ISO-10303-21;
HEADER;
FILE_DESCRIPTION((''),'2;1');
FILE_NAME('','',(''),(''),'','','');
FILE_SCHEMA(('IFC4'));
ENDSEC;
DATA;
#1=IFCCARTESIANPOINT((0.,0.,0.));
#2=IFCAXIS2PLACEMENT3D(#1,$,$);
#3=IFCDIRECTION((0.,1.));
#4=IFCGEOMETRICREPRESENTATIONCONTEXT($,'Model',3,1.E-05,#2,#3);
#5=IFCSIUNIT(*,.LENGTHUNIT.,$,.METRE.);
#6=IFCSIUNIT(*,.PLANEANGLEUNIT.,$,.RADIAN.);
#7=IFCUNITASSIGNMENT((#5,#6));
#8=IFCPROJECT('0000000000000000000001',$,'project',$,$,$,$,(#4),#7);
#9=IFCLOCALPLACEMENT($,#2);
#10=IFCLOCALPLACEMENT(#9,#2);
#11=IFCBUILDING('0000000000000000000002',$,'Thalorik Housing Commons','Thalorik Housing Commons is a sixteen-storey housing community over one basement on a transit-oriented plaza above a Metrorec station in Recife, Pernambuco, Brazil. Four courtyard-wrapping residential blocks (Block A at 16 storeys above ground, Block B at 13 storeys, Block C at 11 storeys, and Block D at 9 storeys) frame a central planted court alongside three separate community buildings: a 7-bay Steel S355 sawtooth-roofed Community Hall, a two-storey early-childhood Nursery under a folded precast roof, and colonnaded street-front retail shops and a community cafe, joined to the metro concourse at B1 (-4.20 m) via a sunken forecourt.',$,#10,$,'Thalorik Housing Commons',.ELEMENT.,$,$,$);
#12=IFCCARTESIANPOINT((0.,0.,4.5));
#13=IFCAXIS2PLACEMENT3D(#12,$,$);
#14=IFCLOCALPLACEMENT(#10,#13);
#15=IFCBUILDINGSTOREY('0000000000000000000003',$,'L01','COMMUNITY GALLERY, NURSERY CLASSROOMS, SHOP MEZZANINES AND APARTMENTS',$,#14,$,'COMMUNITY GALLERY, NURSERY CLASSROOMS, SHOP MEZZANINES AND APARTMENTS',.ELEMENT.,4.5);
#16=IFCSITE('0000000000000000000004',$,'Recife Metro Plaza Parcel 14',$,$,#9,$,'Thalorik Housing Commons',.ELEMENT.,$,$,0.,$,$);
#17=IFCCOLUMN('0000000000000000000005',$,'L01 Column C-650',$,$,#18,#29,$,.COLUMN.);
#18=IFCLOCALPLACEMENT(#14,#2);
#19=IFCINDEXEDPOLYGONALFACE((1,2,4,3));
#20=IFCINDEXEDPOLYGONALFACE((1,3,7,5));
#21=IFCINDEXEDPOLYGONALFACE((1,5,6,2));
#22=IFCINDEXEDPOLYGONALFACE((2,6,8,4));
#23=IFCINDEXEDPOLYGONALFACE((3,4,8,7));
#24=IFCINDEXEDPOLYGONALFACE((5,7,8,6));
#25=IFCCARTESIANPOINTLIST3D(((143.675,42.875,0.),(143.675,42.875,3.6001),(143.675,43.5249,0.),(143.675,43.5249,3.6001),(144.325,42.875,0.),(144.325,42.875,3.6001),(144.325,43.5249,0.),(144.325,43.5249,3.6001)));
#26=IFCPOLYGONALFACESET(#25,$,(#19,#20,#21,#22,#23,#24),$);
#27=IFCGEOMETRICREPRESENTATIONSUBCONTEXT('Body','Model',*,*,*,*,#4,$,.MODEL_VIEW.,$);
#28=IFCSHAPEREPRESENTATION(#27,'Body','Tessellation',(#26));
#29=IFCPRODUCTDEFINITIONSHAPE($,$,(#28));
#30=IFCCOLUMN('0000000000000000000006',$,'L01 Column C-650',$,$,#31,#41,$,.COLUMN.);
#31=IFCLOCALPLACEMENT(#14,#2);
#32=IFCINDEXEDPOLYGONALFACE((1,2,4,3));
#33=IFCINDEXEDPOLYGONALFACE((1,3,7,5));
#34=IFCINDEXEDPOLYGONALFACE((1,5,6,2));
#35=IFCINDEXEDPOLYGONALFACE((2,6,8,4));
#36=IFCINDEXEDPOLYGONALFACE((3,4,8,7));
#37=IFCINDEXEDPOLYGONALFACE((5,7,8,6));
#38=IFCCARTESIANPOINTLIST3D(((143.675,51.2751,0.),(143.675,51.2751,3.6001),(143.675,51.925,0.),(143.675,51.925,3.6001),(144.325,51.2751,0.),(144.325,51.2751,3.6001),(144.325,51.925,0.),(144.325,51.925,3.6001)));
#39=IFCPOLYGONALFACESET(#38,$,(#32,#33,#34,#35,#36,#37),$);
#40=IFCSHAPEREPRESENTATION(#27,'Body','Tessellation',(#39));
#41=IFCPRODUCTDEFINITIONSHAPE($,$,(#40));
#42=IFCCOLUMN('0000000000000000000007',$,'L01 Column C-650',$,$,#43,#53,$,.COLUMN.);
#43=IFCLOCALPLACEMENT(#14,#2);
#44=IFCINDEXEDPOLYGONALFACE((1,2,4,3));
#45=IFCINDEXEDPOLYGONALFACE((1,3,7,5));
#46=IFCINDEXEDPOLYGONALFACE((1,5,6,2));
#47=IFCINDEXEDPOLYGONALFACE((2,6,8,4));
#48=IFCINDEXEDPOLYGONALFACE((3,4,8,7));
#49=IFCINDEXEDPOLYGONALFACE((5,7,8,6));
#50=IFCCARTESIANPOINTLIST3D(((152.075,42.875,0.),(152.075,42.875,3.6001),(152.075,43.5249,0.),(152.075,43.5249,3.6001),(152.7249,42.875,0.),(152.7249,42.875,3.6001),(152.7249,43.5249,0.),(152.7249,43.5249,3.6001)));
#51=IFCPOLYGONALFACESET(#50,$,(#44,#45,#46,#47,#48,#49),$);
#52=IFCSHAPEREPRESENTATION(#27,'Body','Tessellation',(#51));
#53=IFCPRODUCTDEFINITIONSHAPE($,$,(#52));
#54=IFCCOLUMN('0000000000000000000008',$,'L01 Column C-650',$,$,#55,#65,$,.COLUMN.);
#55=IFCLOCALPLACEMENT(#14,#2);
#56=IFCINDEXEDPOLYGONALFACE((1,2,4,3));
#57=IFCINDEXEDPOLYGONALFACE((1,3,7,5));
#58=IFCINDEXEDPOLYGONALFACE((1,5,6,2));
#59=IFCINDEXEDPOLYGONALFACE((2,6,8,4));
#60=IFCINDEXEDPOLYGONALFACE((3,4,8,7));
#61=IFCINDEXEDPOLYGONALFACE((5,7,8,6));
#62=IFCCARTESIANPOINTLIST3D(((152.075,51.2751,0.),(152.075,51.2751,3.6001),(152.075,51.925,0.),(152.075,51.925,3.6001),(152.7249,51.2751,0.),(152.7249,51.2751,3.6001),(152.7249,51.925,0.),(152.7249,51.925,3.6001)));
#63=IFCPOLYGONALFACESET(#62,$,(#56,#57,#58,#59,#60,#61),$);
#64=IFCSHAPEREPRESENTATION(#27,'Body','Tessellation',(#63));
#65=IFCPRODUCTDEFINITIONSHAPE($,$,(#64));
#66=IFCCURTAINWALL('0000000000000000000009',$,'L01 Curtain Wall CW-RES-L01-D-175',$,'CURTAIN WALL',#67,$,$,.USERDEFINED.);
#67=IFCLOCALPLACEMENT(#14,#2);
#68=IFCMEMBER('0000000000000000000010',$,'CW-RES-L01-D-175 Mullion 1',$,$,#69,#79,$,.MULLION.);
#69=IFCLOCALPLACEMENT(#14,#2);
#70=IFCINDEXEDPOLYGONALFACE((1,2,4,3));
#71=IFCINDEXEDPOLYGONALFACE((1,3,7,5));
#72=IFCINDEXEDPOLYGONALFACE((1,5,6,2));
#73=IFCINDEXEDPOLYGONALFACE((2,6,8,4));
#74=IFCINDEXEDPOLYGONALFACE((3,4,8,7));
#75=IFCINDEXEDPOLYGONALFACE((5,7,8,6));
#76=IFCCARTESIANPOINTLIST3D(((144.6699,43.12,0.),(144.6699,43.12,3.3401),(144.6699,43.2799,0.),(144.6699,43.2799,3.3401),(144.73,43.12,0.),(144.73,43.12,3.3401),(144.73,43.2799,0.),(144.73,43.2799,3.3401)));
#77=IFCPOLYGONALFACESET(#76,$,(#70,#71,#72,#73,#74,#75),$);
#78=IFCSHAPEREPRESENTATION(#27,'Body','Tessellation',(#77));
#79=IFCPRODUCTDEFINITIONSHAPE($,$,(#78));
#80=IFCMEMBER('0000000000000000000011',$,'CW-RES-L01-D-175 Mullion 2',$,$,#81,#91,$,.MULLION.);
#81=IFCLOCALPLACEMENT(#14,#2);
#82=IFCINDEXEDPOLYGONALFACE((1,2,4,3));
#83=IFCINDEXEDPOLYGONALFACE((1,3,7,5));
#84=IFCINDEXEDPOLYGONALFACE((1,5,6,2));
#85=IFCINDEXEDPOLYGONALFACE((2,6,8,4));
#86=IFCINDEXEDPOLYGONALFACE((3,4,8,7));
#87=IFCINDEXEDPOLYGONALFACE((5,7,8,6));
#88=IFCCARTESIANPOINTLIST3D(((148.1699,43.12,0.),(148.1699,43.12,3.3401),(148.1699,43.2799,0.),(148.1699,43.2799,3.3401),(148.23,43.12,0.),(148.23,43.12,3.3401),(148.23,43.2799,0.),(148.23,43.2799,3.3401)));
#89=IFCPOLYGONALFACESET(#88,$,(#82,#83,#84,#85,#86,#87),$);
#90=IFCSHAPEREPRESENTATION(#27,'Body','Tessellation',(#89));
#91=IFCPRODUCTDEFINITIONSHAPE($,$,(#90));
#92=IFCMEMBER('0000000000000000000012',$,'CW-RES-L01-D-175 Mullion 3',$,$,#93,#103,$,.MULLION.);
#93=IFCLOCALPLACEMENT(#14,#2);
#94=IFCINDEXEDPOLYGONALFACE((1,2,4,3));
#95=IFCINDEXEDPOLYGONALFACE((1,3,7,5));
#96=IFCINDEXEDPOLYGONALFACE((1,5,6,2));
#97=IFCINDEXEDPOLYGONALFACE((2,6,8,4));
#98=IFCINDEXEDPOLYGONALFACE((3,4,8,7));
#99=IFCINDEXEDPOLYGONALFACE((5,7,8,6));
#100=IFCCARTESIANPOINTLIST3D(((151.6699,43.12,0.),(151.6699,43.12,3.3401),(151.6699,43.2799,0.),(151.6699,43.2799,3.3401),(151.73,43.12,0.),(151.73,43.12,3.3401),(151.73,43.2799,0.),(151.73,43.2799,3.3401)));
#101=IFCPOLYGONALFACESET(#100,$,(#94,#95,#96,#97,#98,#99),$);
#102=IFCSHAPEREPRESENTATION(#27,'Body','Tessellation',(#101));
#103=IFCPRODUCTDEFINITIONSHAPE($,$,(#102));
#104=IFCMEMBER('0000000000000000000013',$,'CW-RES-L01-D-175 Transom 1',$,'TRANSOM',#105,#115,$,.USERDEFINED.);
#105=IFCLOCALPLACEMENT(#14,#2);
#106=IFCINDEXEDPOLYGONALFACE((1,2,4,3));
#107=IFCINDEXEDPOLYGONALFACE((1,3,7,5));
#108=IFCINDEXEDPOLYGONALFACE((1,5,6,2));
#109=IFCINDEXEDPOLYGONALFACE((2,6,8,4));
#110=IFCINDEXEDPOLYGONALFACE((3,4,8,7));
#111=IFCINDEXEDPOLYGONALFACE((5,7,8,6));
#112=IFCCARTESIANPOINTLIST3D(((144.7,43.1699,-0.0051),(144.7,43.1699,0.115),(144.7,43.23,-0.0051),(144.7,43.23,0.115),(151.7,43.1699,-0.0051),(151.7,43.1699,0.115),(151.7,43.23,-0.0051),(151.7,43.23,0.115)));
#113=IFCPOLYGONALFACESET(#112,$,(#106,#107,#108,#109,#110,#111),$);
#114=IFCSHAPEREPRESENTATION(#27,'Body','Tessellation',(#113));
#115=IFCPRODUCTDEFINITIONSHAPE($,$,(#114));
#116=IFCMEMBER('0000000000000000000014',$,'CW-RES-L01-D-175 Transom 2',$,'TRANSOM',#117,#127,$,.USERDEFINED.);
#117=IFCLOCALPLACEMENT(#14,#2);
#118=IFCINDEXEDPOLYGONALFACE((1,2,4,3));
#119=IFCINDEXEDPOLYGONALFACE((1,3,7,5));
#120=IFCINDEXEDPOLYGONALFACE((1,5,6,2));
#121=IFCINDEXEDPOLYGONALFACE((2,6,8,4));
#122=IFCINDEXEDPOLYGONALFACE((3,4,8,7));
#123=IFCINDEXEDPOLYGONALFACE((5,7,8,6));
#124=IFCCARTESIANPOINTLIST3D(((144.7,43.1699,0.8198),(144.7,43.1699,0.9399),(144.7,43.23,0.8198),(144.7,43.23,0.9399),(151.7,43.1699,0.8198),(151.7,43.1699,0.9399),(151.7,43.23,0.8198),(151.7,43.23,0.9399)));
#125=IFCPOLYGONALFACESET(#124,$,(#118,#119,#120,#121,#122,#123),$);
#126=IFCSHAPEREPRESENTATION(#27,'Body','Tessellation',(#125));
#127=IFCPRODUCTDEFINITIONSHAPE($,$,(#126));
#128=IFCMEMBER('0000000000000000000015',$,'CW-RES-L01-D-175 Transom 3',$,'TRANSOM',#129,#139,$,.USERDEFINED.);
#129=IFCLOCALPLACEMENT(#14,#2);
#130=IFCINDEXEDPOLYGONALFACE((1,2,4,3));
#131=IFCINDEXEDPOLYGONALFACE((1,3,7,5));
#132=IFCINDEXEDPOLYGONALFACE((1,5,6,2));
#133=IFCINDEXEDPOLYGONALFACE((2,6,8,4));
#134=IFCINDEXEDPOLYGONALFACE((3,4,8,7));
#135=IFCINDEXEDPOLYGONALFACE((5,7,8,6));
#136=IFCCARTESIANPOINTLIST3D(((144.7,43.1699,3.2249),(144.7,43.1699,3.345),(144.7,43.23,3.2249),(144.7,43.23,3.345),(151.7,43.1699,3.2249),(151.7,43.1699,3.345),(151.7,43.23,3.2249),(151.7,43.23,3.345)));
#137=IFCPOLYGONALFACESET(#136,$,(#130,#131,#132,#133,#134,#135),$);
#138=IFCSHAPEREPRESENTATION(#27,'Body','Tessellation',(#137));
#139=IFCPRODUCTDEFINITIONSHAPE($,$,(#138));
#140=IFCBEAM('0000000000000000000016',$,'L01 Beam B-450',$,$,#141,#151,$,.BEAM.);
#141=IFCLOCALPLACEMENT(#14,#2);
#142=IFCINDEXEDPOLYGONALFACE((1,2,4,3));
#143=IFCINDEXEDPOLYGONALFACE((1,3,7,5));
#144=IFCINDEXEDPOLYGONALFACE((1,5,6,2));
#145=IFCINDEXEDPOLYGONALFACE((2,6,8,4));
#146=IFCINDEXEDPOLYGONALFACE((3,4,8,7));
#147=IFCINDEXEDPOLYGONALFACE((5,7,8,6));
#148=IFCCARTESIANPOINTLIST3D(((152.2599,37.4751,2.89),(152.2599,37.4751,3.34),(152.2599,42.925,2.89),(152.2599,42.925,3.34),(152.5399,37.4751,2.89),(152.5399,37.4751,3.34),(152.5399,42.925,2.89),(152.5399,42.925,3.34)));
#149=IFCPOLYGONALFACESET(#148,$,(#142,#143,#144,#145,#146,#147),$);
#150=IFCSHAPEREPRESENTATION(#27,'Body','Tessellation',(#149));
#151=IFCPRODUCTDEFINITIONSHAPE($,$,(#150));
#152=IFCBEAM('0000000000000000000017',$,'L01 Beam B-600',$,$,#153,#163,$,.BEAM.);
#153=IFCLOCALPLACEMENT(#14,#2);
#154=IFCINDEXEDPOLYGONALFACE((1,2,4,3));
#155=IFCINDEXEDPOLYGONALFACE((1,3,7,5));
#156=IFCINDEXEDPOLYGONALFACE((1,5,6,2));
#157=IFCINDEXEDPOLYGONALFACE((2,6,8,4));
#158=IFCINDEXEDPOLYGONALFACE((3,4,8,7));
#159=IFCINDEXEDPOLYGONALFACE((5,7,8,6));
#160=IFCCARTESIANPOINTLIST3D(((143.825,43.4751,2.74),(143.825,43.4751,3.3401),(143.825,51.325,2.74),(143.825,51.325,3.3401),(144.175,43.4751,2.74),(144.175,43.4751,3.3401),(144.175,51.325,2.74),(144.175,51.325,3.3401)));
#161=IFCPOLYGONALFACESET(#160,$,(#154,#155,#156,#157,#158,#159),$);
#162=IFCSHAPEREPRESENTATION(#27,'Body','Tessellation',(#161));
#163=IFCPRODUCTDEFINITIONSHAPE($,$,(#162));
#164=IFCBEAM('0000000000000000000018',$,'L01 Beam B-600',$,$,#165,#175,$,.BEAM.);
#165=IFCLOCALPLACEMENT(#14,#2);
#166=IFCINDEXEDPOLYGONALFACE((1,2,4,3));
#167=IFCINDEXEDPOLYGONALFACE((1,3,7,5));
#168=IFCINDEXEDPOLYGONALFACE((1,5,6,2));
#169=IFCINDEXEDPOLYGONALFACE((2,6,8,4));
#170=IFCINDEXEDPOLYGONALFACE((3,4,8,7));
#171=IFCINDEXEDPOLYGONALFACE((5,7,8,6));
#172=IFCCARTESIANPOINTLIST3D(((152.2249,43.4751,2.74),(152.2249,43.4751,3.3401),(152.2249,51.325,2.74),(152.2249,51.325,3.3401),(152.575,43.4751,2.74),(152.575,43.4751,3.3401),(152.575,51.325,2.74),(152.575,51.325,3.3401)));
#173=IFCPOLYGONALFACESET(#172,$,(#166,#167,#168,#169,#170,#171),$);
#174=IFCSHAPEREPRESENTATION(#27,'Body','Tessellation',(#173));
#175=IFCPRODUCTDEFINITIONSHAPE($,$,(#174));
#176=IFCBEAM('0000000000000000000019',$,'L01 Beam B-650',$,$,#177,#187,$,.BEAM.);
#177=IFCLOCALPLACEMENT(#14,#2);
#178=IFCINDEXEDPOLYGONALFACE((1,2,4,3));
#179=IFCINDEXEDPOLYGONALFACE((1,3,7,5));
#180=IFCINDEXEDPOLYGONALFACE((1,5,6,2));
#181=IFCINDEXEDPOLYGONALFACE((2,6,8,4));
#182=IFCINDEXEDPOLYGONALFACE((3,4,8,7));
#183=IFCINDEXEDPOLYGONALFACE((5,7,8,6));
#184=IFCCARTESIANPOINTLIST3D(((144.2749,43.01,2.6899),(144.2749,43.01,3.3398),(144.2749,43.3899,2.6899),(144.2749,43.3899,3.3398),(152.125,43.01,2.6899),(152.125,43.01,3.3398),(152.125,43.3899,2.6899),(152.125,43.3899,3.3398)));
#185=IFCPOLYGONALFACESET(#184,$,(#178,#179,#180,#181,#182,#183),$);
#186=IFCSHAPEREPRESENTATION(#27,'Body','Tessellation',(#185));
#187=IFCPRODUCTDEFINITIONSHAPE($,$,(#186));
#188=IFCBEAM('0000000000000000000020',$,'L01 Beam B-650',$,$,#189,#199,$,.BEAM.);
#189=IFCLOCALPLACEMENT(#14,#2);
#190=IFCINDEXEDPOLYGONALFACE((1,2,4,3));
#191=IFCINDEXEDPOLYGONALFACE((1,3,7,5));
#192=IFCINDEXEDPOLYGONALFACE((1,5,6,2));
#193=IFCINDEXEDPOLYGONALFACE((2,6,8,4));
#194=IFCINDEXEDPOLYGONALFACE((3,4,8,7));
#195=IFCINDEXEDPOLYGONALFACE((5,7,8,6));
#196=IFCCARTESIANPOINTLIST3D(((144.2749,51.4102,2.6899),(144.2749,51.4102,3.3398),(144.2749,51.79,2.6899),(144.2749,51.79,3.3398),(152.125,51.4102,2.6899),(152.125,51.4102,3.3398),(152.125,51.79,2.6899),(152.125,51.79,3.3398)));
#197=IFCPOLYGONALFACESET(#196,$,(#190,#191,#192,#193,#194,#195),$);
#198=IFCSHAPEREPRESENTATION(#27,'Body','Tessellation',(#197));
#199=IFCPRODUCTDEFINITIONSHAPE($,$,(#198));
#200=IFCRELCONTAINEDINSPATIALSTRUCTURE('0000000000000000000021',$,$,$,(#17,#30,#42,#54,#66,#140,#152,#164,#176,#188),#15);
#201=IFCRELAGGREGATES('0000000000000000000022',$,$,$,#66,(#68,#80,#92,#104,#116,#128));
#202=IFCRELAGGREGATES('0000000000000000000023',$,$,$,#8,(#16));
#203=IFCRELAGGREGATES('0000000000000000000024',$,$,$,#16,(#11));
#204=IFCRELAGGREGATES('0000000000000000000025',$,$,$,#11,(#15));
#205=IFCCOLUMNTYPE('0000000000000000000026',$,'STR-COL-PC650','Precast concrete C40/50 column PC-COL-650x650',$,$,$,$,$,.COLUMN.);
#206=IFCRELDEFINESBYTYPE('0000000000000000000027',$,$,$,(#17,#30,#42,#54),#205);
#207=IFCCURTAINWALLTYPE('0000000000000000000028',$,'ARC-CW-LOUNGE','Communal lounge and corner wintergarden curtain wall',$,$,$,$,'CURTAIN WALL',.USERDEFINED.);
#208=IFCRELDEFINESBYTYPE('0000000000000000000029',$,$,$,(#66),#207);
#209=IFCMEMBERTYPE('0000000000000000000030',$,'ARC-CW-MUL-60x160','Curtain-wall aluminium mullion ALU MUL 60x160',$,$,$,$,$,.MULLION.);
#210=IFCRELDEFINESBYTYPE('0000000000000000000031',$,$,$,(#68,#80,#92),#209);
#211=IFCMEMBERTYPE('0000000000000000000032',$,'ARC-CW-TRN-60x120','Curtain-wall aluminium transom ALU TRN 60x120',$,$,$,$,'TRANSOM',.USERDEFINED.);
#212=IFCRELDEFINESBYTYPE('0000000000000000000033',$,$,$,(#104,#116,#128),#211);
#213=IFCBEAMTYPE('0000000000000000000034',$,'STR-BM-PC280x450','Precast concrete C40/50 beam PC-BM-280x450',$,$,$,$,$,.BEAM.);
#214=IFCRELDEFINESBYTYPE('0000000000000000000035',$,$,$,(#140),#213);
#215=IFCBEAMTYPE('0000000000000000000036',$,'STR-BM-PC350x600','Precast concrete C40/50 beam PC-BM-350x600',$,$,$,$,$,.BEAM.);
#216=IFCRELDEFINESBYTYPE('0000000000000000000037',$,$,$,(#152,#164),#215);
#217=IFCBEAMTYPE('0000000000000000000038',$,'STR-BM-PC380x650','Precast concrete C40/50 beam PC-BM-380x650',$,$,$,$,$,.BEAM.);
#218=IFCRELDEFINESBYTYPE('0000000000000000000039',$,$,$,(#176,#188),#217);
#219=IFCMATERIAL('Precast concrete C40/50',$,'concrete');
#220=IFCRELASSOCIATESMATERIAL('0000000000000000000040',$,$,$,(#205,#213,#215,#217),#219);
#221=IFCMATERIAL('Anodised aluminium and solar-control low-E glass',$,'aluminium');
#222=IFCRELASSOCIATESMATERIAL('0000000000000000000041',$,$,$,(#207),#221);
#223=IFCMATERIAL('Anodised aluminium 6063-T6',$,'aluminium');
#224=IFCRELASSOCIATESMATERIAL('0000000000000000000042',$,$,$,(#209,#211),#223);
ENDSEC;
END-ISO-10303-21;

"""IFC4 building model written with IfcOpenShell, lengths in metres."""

from ifc_helpers import new_model, si_unit, direction, frame, origin, origin_2d, place, context, subcontext, project, spatial, rectangle, extrude, material, material_profile, profile_set, type_object, element, aggregate, save


model = new_model("IFC4")

# Units and contexts
model_context = context("Model", 3, precision=1e-05, world=origin(), true_north=direction((0.0, 1.0)))
body_context = subcontext(model_context, "Body", "Model", "MODEL_VIEW")
ifc_project = project(units=[si_unit("LENGTHUNIT", "METRE"), si_unit("PLANEANGLEUNIT", "RADIAN")], contexts=[model_context])

# Site, building, storey
site_placement = place(None, origin())
site = spatial("IfcSite", under=ifc_project, at=site_placement, Name="Recife Metro Plaza Parcel 14", LongName="Thalorik Housing Commons", CompositionType="ELEMENT", RefElevation=0.0)
building_placement = place(site_placement, origin())
building = spatial("IfcBuilding", under=site, at=building_placement, Name="Thalorik Housing Commons", Description="Thalorik Housing Commons is a sixteen-storey housing community over one basement on a transit-oriented plaza above a Metrorec station in Recife, Pernambuco, Brazil. Four courtyard-wrapping residential blocks (Block A at 16 storeys above ground, Block B at 13 storeys, Block C at 11 storeys, and Block D at 9 storeys) frame a central planted court alongside three separate community buildings: a 7-bay Steel S355 sawtooth-roofed Community Hall, a two-storey early-childhood Nursery under a folded precast roof, and colonnaded street-front retail shops and a community cafe, joined to the metro concourse at B1 (-4.20 m) via a sunken forecourt.", LongName="Thalorik Housing Commons", CompositionType="ELEMENT")
storey_placement = place(building_placement, frame((0.0, 0.0, 4.5)))
storey = spatial("IfcBuildingStorey", under=building, at=storey_placement, Name="L01", Description="COMMUNITY GALLERY, NURSERY CLASSROOMS, SHOP MEZZANINES AND APARTMENTS", LongName="COMMUNITY GALLERY, NURSERY CLASSROOMS, SHOP MEZZANINES AND APARTMENTS", CompositionType="ELEMENT", Elevation=4.5)

# Columns
ifc_material_1 = material(Name="Precast concrete C40/50", Category="concrete")
ifc_material_profile_1 = material_profile(ifc_material_1, rectangle(XDim=0.6499, YDim=0.6499, at=origin_2d()), Name="PC 650x650", Category="concrete")
ifc_profile_set_1 = profile_set([ifc_material_profile_1], Name="Precast concrete C40/50")
column_type = type_object("IfcColumnType", Name="STR-COL-PC650", Description="Precast concrete C40/50 column PC-COL-650x650", PredefinedType="COLUMN", material=ifc_profile_set_1)
for number, where, z_axis, x_axis, name in (
    (1, (144.0, 43.2, 0.0), (0.0, 0.0, 1.0), (1.0, 0.0, 0.0), "L01 Column C-650"),
    (2, (144.0, 51.6001, 0.0), (0.0, 0.0, 1.0), (1.0, 0.0, 0.0), "L01 Column C-650"),
    (3, (152.3999, 43.2, 0.0), (0.0, 0.0, 1.0), (1.0, 0.0, 0.0), "L01 Column C-650"),
    (4, (152.3999, 51.6001, 0.0), (0.0, 0.0, 1.0), (1.0, 0.0, 0.0), "L01 Column C-650"),
):
    element("IfcColumn", number, at=place(storey_placement, frame(where, z_axis=z_axis, x_axis=x_axis)), inside=storey, type_object=column_type, Name=name, PredefinedType="COLUMN", context=body_context, shape_type="SweptSolid", body=[
        extrude(rectangle(XDim=0.6499, YDim=0.6499, at=origin_2d()), origin(), (0.0, 0.0, 1.0), 3.6001),
    ])

# Curtain wall, members
ifc_material_2 = material(Name="Anodised aluminium and solar-control low-E glass", Category="aluminium")
curtain_wall_type = type_object("IfcCurtainWallType", Name="ARC-CW-LOUNGE", Description="Communal lounge and corner wintergarden curtain wall", ElementType="CURTAIN WALL", PredefinedType="USERDEFINED", material=ifc_material_2)
curtain_wall_placement = place(storey_placement, origin())
curtain_wall = element("IfcCurtainWall", 5, at=curtain_wall_placement, inside=storey, type_object=curtain_wall_type, Name="L01 Curtain Wall CW-RES-L01-D-175", ObjectType="CURTAIN WALL", PredefinedType="USERDEFINED")
ifc_material_3 = material(Name="Anodised aluminium 6063-T6", Category="aluminium")
ifc_material_profile_2 = material_profile(ifc_material_3, rectangle(XDim=0.0601, YDim=0.1599, at=origin_2d()), Name="ALU MUL 60x160", Category="aluminium")
ifc_profile_set_2 = profile_set([ifc_material_profile_2], Name="Anodised aluminium 6063-T6")
member_type_1 = type_object("IfcMemberType", Name="ARC-CW-MUL-60x160", Description="Curtain-wall aluminium mullion ALU MUL 60x160", PredefinedType="MULLION", material=ifc_profile_set_2)
member_1_placement = place(storey_placement, frame((144.7, 43.2, 0.0), z_axis=(0.0, 0.0, 1.0), x_axis=(1.0, 0.0, 0.0)))
member_1 = element("IfcMember", 6, at=member_1_placement, type_object=member_type_1, Name="CW-RES-L01-D-175 Mullion 1", PredefinedType="MULLION", context=body_context, shape_type="SweptSolid", body=[
    extrude(rectangle(XDim=0.0601, YDim=0.1599, at=origin_2d()), origin(), (0.0, 0.0, 1.0), 3.3401),
])
member_2_placement = place(storey_placement, frame((148.2, 43.2, 0.0), z_axis=(0.0, 0.0, 1.0), x_axis=(1.0, 0.0, 0.0)))
member_2 = element("IfcMember", 7, at=member_2_placement, type_object=member_type_1, Name="CW-RES-L01-D-175 Mullion 2", PredefinedType="MULLION", context=body_context, shape_type="SweptSolid", body=[
    extrude(rectangle(XDim=0.0601, YDim=0.1599, at=origin_2d()), origin(), (0.0, 0.0, 1.0), 3.3401),
])
member_3_placement = place(storey_placement, frame((151.7, 43.2, 0.0), z_axis=(0.0, 0.0, 1.0), x_axis=(1.0, 0.0, 0.0)))
member_3 = element("IfcMember", 8, at=member_3_placement, type_object=member_type_1, Name="CW-RES-L01-D-175 Mullion 3", PredefinedType="MULLION", context=body_context, shape_type="SweptSolid", body=[
    extrude(rectangle(XDim=0.0601, YDim=0.1599, at=origin_2d()), origin(), (0.0, 0.0, 1.0), 3.3401),
])
ifc_material_profile_3 = material_profile(ifc_material_3, rectangle(XDim=0.0601, YDim=0.1201, at=origin_2d()), Name="ALU TRN 60x120", Category="aluminium")
ifc_profile_set_3 = profile_set([ifc_material_profile_3], Name="Anodised aluminium 6063-T6")
member_type_2 = type_object("IfcMemberType", Name="ARC-CW-TRN-60x120", Description="Curtain-wall aluminium transom ALU TRN 60x120", ElementType="TRANSOM", PredefinedType="USERDEFINED", material=ifc_profile_set_3)
member_4_placement = place(storey_placement, frame((144.7, 43.2, 0.0549), z_axis=(1.0, 0.0, 0.0), x_axis=(0.0, 1.0, 0.0)))
member_4 = element("IfcMember", 9, at=member_4_placement, type_object=member_type_2, Name="CW-RES-L01-D-175 Transom 1", ObjectType="TRANSOM", PredefinedType="USERDEFINED", context=body_context, shape_type="SweptSolid", body=[
    extrude(rectangle(XDim=0.0601, YDim=0.1201, at=origin_2d()), origin(), (0.0, 0.0, 1.0), 7.0),
])
member_5_placement = place(storey_placement, frame((144.7, 43.2, 0.8799), z_axis=(1.0, 0.0, 0.0), x_axis=(0.0, 1.0, 0.0)))
member_5 = element("IfcMember", 10, at=member_5_placement, type_object=member_type_2, Name="CW-RES-L01-D-175 Transom 2", ObjectType="TRANSOM", PredefinedType="USERDEFINED", context=body_context, shape_type="SweptSolid", body=[
    extrude(rectangle(XDim=0.0601, YDim=0.1201, at=origin_2d()), origin(), (0.0, 0.0, 1.0), 7.0),
])
member_6_placement = place(storey_placement, frame((144.7, 43.2, 3.2849), z_axis=(1.0, 0.0, 0.0), x_axis=(0.0, 1.0, 0.0)))
member_6 = element("IfcMember", 11, at=member_6_placement, type_object=member_type_2, Name="CW-RES-L01-D-175 Transom 3", ObjectType="TRANSOM", PredefinedType="USERDEFINED", context=body_context, shape_type="SweptSolid", body=[
    extrude(rectangle(XDim=0.0601, YDim=0.1201, at=origin_2d()), origin(), (0.0, 0.0, 1.0), 7.0),
])

# Beams
ifc_material_profile_4 = material_profile(ifc_material_1, rectangle(XDim=0.28, YDim=0.45, at=origin_2d()), Name="PC 280x450", Category="concrete")
ifc_profile_set_4 = profile_set([ifc_material_profile_4], Name="Precast concrete C40/50")
beam_type_1 = type_object("IfcBeamType", Name="STR-BM-PC280x450", Description="Precast concrete C40/50 beam PC-BM-280x450", PredefinedType="BEAM", material=ifc_profile_set_4)
beam_1_placement = place(storey_placement, frame((152.3999, 37.4751, 3.115), z_axis=(0.0, 1.0, 0.0), x_axis=(-1.0, 0.0, 0.0)))
element("IfcBeam", 12, at=beam_1_placement, inside=storey, type_object=beam_type_1, Name="L01 Beam B-450", PredefinedType="BEAM", context=body_context, shape_type="SweptSolid", body=[
    extrude(rectangle(XDim=0.28, YDim=0.45, at=origin_2d()), origin(), (0.0, 0.0, 1.0), 5.45),
])
ifc_material_profile_5 = material_profile(ifc_material_1, rectangle(XDim=0.3501, YDim=0.6001, at=origin_2d()), Name="PC 350x600", Category="concrete")
ifc_profile_set_5 = profile_set([ifc_material_profile_5], Name="Precast concrete C40/50")
beam_type_2 = type_object("IfcBeamType", Name="STR-BM-PC350x600", Description="Precast concrete C40/50 beam PC-BM-350x600", PredefinedType="BEAM", material=ifc_profile_set_5)
for number, where, z_axis, x_axis, name in (
    (13, (144.0, 43.4751, 3.04), (0.0, 1.0, 0.0), (-1.0, 0.0, 0.0), "L01 Beam B-600"),
    (14, (152.3999, 43.4751, 3.04), (0.0, 1.0, 0.0), (-1.0, 0.0, 0.0), "L01 Beam B-600"),
):
    element("IfcBeam", number, at=place(storey_placement, frame(where, z_axis=z_axis, x_axis=x_axis)), inside=storey, type_object=beam_type_2, Name=name, PredefinedType="BEAM", context=body_context, shape_type="SweptSolid", body=[
        extrude(rectangle(XDim=0.3501, YDim=0.6001, at=origin_2d()), origin(), (0.0, 0.0, 1.0), 7.8499),
    ])
ifc_material_profile_6 = material_profile(ifc_material_1, rectangle(XDim=0.3799, YDim=0.6499, at=origin_2d()), Name="PC 380x650", Category="concrete")
ifc_profile_set_6 = profile_set([ifc_material_profile_6], Name="Precast concrete C40/50")
beam_type_3 = type_object("IfcBeamType", Name="STR-BM-PC380x650", Description="Precast concrete C40/50 beam PC-BM-380x650", PredefinedType="BEAM", material=ifc_profile_set_6)
for number, where, z_axis, x_axis, name in (
    (15, (144.2749, 43.2, 3.0149), (1.0, 0.0, 0.0), (0.0, 1.0, 0.0), "L01 Beam B-650"),
    (16, (144.2749, 51.6001, 3.0149), (1.0, 0.0, 0.0), (0.0, 1.0, 0.0), "L01 Beam B-650"),
):
    element("IfcBeam", number, at=place(storey_placement, frame(where, z_axis=z_axis, x_axis=x_axis)), inside=storey, type_object=beam_type_3, Name=name, PredefinedType="BEAM", context=body_context, shape_type="SweptSolid", body=[
        extrude(rectangle(XDim=0.3799, YDim=0.6499, at=origin_2d()), origin(), (0.0, 0.0, 1.0), 7.8501),
    ])

aggregate(curtain_wall, [member_1, member_2, member_3, member_4, member_5, member_6])

save(model, "model.ifc")
